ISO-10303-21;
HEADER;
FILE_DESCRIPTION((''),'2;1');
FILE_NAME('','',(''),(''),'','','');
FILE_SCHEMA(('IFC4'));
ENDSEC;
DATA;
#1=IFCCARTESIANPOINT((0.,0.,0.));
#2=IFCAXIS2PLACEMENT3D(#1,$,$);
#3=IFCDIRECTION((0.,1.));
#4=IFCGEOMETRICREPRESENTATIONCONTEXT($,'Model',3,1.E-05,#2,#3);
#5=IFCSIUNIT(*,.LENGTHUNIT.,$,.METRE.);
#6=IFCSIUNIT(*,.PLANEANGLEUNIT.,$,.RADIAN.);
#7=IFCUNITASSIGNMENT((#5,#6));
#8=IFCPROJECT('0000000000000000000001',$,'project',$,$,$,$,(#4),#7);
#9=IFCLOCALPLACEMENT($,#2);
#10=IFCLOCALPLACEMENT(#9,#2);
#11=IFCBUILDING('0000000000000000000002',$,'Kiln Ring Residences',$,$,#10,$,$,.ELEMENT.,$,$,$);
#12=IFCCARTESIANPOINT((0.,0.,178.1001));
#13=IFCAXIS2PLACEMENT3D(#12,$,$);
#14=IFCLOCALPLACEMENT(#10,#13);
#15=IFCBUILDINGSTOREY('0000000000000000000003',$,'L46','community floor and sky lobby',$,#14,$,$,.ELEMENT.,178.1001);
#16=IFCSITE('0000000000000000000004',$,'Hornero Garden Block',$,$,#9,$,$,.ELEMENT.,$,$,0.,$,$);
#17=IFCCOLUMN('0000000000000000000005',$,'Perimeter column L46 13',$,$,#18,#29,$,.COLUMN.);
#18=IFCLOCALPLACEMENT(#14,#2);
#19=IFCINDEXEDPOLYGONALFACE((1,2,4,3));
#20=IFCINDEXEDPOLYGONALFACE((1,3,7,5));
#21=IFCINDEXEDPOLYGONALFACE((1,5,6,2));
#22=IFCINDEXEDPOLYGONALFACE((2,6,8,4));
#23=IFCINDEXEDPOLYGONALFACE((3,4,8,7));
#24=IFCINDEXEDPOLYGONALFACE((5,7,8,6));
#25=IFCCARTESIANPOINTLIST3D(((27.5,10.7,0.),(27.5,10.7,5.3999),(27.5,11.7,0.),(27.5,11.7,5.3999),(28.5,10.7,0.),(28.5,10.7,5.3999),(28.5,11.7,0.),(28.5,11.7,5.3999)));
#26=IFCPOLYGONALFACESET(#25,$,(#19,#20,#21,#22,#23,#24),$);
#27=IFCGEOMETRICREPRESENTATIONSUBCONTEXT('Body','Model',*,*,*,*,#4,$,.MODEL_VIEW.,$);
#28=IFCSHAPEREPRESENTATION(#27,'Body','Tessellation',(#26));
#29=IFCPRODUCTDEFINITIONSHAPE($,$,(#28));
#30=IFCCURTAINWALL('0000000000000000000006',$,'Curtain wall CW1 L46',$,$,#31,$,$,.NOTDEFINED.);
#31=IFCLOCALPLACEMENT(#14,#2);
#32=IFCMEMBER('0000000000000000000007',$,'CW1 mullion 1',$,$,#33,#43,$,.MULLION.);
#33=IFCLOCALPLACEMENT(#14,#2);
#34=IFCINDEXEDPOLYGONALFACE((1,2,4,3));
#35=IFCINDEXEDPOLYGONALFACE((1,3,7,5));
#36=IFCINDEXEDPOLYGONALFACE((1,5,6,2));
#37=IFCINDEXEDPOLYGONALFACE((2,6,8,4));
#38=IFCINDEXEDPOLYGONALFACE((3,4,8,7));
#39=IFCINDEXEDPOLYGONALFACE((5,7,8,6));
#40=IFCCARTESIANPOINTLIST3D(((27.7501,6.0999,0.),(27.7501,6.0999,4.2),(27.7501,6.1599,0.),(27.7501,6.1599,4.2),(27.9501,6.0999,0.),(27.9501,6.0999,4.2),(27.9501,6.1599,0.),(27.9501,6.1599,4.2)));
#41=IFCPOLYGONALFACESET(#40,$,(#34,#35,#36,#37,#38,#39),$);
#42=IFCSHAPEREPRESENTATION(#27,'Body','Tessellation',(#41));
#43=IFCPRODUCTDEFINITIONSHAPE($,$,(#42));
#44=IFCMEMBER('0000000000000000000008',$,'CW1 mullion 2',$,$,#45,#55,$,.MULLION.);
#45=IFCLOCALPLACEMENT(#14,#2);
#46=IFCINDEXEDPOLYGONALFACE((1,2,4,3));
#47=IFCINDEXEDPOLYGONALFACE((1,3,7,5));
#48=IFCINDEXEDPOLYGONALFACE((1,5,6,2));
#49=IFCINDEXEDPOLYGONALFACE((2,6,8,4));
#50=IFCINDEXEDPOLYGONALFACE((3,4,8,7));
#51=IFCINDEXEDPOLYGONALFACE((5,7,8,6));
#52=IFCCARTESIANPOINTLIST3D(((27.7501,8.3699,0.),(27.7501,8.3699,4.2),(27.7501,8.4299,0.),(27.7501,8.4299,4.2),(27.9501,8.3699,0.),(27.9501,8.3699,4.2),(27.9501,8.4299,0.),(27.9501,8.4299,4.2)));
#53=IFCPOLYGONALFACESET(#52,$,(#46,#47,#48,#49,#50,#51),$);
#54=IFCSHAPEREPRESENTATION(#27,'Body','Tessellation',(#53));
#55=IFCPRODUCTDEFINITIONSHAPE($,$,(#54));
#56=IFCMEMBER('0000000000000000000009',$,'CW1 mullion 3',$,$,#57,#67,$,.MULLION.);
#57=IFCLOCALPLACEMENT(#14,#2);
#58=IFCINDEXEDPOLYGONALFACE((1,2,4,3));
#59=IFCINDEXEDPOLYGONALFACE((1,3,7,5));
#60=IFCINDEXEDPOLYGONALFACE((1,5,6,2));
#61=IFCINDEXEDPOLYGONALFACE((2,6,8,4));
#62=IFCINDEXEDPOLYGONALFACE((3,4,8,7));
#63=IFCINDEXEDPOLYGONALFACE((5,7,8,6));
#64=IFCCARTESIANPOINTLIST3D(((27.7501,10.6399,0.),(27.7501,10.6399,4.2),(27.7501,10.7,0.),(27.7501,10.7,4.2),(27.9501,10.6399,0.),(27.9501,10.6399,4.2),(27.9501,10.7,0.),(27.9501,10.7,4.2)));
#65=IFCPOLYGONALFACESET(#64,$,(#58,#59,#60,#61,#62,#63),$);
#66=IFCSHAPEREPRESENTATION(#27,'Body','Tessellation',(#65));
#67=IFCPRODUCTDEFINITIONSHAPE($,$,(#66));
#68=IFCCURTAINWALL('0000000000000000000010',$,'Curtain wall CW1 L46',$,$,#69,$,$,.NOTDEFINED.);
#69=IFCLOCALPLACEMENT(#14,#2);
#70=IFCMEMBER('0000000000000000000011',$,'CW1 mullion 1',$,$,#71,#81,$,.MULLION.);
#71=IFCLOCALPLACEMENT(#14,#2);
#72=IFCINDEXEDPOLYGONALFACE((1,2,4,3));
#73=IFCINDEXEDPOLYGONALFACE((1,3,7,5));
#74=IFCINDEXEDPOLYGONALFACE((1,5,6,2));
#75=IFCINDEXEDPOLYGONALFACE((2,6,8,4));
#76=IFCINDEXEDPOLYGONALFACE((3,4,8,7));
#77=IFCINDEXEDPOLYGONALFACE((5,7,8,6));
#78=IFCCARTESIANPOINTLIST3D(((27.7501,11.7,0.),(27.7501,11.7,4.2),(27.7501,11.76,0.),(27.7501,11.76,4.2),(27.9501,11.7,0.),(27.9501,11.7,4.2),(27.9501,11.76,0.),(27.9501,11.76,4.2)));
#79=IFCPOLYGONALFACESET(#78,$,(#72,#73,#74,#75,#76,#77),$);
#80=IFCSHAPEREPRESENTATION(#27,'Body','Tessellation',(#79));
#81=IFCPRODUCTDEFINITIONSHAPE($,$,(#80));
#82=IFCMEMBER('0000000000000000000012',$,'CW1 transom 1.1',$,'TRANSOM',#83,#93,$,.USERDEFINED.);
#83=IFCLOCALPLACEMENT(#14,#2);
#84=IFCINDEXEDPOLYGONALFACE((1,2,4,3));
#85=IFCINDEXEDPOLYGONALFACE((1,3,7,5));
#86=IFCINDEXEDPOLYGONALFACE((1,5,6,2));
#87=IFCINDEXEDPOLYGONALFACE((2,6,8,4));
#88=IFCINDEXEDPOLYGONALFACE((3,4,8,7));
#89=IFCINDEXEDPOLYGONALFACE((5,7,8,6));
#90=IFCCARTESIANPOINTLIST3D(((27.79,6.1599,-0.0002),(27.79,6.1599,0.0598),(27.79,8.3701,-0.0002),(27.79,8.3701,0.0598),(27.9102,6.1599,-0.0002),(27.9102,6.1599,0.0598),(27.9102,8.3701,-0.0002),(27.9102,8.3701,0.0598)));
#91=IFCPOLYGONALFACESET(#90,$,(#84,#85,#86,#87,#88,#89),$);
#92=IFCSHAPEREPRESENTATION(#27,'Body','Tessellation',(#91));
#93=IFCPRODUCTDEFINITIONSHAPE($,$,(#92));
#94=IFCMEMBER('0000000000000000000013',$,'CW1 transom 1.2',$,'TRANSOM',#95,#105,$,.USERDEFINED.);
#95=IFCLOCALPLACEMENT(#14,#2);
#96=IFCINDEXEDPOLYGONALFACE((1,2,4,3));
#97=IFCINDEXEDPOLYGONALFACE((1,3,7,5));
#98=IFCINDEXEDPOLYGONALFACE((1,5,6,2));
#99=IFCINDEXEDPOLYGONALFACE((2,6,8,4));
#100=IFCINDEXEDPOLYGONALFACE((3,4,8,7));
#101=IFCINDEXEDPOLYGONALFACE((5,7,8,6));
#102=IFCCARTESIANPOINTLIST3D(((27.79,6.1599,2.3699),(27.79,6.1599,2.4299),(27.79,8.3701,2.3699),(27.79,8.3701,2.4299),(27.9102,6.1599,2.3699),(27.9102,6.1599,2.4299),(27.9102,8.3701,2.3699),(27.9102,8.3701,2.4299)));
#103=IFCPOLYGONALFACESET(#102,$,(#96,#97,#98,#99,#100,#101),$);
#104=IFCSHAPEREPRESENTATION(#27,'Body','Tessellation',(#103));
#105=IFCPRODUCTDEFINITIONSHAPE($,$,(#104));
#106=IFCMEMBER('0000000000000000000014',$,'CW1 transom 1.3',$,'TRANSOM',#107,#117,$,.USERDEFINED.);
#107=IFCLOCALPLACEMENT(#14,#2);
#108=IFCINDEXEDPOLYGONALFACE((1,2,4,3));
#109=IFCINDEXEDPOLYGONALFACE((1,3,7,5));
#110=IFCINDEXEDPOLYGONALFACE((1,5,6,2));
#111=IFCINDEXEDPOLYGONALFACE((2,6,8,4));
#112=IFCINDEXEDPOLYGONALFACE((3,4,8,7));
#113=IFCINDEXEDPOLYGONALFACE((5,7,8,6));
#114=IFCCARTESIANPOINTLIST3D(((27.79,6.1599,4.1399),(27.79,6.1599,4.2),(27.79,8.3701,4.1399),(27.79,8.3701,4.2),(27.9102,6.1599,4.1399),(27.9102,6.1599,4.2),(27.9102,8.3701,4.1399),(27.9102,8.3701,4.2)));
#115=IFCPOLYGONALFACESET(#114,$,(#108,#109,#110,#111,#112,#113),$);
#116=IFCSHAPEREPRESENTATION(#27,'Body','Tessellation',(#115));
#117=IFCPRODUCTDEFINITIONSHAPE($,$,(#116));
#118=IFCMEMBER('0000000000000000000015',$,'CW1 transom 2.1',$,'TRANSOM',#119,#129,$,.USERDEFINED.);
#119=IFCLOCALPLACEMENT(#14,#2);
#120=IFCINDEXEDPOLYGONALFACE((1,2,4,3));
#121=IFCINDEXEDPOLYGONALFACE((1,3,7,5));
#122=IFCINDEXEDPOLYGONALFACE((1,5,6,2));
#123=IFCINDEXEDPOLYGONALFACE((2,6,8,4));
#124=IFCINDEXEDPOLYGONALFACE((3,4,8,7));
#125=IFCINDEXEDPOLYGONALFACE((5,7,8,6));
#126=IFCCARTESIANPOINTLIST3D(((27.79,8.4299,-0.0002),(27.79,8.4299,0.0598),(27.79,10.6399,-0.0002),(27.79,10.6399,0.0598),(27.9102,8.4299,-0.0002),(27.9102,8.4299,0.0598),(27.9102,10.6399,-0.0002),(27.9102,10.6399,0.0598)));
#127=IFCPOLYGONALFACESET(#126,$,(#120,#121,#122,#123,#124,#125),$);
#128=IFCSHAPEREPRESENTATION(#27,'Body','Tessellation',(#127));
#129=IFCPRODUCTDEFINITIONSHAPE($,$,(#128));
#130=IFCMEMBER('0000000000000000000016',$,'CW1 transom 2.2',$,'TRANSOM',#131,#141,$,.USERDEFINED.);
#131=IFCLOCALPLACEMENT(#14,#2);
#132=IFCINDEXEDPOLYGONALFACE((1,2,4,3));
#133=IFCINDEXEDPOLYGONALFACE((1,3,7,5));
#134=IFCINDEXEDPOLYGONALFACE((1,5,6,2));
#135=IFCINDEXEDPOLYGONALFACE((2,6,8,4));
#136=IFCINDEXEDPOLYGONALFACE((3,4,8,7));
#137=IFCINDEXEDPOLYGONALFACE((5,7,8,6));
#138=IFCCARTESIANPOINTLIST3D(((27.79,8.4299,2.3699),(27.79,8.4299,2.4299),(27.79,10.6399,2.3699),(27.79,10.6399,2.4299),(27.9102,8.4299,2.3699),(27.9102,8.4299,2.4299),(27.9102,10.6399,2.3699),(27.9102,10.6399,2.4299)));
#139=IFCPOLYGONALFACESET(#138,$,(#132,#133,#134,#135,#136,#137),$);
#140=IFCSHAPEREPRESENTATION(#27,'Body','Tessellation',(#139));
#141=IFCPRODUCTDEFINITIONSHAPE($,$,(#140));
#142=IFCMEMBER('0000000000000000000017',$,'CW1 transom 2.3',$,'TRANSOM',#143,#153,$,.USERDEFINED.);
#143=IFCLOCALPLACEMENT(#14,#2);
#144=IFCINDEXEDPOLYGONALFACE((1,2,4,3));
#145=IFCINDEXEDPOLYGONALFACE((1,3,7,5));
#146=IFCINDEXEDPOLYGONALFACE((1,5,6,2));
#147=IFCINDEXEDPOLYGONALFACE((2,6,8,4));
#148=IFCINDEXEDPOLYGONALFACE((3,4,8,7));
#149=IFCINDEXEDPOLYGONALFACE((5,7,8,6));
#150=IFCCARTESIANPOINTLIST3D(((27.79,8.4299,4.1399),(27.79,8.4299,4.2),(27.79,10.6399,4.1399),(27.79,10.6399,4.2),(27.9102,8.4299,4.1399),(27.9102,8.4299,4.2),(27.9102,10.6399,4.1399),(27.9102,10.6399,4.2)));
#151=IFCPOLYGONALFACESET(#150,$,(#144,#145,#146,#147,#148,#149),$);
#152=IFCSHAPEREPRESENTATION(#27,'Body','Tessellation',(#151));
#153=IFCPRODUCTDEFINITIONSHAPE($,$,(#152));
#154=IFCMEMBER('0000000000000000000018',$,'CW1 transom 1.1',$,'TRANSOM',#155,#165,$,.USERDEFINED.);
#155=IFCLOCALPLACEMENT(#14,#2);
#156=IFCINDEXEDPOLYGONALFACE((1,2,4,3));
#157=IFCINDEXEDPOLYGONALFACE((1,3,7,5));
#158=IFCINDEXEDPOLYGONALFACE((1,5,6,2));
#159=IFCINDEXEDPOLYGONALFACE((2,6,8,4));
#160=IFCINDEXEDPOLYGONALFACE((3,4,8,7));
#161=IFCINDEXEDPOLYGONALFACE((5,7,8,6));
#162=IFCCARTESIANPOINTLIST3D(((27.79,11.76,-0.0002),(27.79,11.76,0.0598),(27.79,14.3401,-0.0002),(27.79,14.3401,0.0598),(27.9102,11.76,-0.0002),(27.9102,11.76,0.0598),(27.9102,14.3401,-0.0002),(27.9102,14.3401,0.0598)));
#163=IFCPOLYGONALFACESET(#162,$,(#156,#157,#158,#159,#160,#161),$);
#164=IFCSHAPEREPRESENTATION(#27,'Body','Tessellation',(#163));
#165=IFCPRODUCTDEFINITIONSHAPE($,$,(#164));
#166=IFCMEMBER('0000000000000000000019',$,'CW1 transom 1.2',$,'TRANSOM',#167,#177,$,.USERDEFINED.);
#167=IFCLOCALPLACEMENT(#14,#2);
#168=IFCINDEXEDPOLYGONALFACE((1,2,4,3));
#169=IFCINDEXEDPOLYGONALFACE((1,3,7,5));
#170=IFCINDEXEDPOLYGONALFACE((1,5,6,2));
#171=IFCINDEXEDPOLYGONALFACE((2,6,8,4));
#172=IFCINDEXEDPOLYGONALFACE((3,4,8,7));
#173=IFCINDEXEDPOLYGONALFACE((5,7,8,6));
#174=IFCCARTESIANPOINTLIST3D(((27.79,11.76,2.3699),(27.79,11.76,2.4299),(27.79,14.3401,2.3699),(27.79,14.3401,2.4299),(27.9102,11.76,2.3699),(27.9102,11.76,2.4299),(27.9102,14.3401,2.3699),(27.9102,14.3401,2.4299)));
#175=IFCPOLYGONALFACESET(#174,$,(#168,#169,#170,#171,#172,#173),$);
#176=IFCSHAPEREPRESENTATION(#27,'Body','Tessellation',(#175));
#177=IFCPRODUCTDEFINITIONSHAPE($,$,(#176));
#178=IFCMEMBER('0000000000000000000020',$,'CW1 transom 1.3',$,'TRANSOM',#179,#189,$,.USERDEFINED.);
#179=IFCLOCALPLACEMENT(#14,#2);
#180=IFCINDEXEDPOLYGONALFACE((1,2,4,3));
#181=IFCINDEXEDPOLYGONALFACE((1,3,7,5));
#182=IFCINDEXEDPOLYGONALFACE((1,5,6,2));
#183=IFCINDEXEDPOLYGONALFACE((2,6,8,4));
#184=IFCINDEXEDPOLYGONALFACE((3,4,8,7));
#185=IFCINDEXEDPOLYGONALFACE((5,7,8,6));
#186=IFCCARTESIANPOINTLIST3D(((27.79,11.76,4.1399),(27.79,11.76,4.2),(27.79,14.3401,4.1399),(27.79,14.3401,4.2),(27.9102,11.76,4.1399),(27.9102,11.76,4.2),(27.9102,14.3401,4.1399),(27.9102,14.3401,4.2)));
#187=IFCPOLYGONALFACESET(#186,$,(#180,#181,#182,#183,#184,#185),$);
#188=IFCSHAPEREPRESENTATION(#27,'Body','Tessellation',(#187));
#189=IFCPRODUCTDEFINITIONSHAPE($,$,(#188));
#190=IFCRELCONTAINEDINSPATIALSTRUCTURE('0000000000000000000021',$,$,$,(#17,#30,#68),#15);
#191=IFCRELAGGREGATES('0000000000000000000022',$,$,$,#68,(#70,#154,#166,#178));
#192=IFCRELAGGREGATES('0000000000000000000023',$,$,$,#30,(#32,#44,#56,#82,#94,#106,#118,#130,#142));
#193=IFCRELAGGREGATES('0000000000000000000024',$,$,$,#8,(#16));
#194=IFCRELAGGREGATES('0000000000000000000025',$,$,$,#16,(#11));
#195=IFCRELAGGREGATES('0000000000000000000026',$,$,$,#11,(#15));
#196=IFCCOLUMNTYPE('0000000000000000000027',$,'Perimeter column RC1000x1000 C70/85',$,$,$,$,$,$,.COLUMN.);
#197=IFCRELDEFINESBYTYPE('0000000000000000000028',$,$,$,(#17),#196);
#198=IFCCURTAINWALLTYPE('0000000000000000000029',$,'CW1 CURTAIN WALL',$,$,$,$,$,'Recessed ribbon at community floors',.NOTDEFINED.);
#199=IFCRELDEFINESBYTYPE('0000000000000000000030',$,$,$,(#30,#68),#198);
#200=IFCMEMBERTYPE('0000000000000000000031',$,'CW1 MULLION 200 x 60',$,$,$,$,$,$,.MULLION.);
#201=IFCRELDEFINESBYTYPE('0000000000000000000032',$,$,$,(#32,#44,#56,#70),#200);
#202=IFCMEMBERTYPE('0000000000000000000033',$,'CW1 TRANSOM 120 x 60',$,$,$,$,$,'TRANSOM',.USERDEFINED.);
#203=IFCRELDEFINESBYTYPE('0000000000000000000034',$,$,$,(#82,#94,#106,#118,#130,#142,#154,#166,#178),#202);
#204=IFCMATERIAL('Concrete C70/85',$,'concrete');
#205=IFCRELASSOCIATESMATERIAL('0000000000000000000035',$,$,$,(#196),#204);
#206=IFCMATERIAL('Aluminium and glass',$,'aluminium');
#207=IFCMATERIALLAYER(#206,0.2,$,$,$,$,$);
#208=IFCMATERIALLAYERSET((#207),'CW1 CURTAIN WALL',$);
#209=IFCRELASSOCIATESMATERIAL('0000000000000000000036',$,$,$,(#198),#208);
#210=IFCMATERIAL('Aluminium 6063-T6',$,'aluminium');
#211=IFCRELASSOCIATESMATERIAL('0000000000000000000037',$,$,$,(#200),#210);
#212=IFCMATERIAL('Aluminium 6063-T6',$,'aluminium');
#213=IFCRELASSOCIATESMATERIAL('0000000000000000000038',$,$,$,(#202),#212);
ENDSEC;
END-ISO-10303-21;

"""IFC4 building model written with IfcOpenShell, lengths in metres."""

from ifc_helpers import new_model, si_unit, direction, frame, origin, origin_2d, place, context, subcontext, project, spatial, rectangle, extrude, material, layer, layer_set, material_profile, profile_set, type_object, element, aggregate, save


model = new_model("IFC4")

# Units and contexts
model_context = context("Model", 3, precision=1e-05, world=origin(), true_north=direction((0.0, 1.0)))
body_context = subcontext(model_context, "Body", "Model", "MODEL_VIEW")
ifc_project = project(units=[si_unit("LENGTHUNIT", "METRE"), si_unit("PLANEANGLEUNIT", "RADIAN")], contexts=[model_context])

# Site, building, storey
site_placement = place(None, origin())
site = spatial("IfcSite", under=ifc_project, at=site_placement, Name="Hornero Garden Block", CompositionType="ELEMENT", RefElevation=0.0)
building_placement = place(site_placement, origin())
building = spatial("IfcBuilding", under=site, at=building_placement, Name="Kiln Ring Residences", CompositionType="ELEMENT")
storey_placement = place(building_placement, frame((0.0, 0.0, 178.1001)))
storey = spatial("IfcBuildingStorey", under=building, at=storey_placement, Name="L46", Description="community floor and sky lobby", CompositionType="ELEMENT", Elevation=178.1001)

# Column
ifc_material_1 = material(Name="Concrete C70/85", Category="concrete")
ifc_material_profile_1 = material_profile(ifc_material_1, rectangle(XDim=1.0, YDim=1.0, at=origin_2d()), Name="RC1000x1000")
ifc_profile_set_1 = profile_set([ifc_material_profile_1], Name="Concrete C70/85")
column_type = type_object("IfcColumnType", Name="Perimeter column RC1000x1000 C70/85", PredefinedType="COLUMN", material=ifc_profile_set_1)
column_placement = place(storey_placement, frame((28.0, 11.2, 0.0), z_axis=(0.0, 0.0, 1.0), x_axis=(1.0, 0.0, 0.0)))
element("IfcColumn", 1, at=column_placement, inside=storey, type_object=column_type, Name="Perimeter column L46 13", PredefinedType="COLUMN", context=body_context, shape_type="SweptSolid", body=[
    extrude(rectangle(XDim=1.0, YDim=1.0, at=origin_2d()), origin(), (0.0, 0.0, 1.0), 5.3999),
])

# Curtain wall, members
ifc_material_2 = material(Name="Aluminium and glass", Category="aluminium")
ifc_layer_1 = layer(ifc_material_2, 0.2)
ifc_layer_set_1 = layer_set([ifc_layer_1], Name="CW1 CURTAIN WALL")
curtain_wall_type = type_object("IfcCurtainWallType", Name="CW1 CURTAIN WALL", ElementType="Recessed ribbon at community floors", PredefinedType="NOTDEFINED", material=ifc_layer_set_1)
placement = place(storey_placement, origin())
curtain_wall_1 = element("IfcCurtainWall", 2, at=placement, inside=storey, type_object=curtain_wall_type, Name="Curtain wall CW1 L46", PredefinedType="NOTDEFINED")
ifc_material_3 = material(Name="Aluminium 6063-T6", Category="aluminium")
ifc_material_profile_2 = material_profile(ifc_material_3, rectangle(XDim=0.2, YDim=0.0601, at=origin_2d()), Name="AL 200x60")
ifc_profile_set_2 = profile_set([ifc_material_profile_2], Name="Aluminium 6063-T6")
member_type_1 = type_object("IfcMemberType", Name="CW1 MULLION 200 x 60", PredefinedType="MULLION", material=ifc_profile_set_2)
member_1_placement = place(storey_placement, frame((27.8501, 6.1299, 0.0), z_axis=(0.0, 0.0, 1.0), x_axis=(-1.0, 0.0, 0.0)))
member_1 = element("IfcMember", 3, at=member_1_placement, type_object=member_type_1, Name="CW1 mullion 1", PredefinedType="MULLION", context=body_context, shape_type="SweptSolid", body=[
    extrude(rectangle(XDim=0.2, YDim=0.0601, at=origin_2d()), origin(), (0.0, 0.0, 1.0), 4.2),
])
member_2_placement = place(storey_placement, frame((27.8501, 8.3999, 0.0), z_axis=(0.0, 0.0, 1.0), x_axis=(-1.0, 0.0, 0.0)))
member_2 = element("IfcMember", 4, at=member_2_placement, type_object=member_type_1, Name="CW1 mullion 2", PredefinedType="MULLION", context=body_context, shape_type="SweptSolid", body=[
    extrude(rectangle(XDim=0.2, YDim=0.0601, at=origin_2d()), origin(), (0.0, 0.0, 1.0), 4.2),
])
member_3_placement = place(storey_placement, frame((27.8501, 10.6699, 0.0), z_axis=(0.0, 0.0, 1.0), x_axis=(-1.0, 0.0, 0.0)))
member_3 = element("IfcMember", 5, at=member_3_placement, type_object=member_type_1, Name="CW1 mullion 3", PredefinedType="MULLION", context=body_context, shape_type="SweptSolid", body=[
    extrude(rectangle(XDim=0.2, YDim=0.0601, at=origin_2d()), origin(), (0.0, 0.0, 1.0), 4.2),
])

# Curtain wall, member
curtain_wall_2 = element("IfcCurtainWall", 6, at=placement, inside=storey, type_object=curtain_wall_type, Name="Curtain wall CW1 L46", PredefinedType="NOTDEFINED")
member_4_placement = place(storey_placement, frame((27.8501, 11.73, 0.0), z_axis=(0.0, 0.0, 1.0), x_axis=(-1.0, 0.0, 0.0)))
member_4 = element("IfcMember", 7, at=member_4_placement, type_object=member_type_1, Name="CW1 mullion 1", PredefinedType="MULLION", context=body_context, shape_type="SweptSolid", body=[
    extrude(rectangle(XDim=0.2, YDim=0.0601, at=origin_2d()), origin(), (0.0, 0.0, 1.0), 4.2),
])

# Members
ifc_material_4 = material(Name="Aluminium 6063-T6", Category="aluminium")
ifc_material_profile_3 = material_profile(ifc_material_4, rectangle(XDim=0.1201, YDim=0.0601, at=origin_2d()), Name="AL 120x60")
ifc_profile_set_3 = profile_set([ifc_material_profile_3], Name="Aluminium 6063-T6")
member_type_2 = type_object("IfcMemberType", Name="CW1 TRANSOM 120 x 60", ElementType="TRANSOM", PredefinedType="USERDEFINED", material=ifc_profile_set_3)
member_5_placement = place(storey_placement, frame((27.8501, 6.1599, 0.0298), z_axis=(0.0, 1.0, 0.0), x_axis=(-1.0, 0.0, 0.0)))
member_5 = element("IfcMember", 8, at=member_5_placement, type_object=member_type_2, Name="CW1 transom 1.1", ObjectType="TRANSOM", PredefinedType="USERDEFINED", context=body_context, shape_type="SweptSolid", body=[
    extrude(rectangle(XDim=0.1201, YDim=0.0601, at=origin_2d()), origin(), (0.0, 0.0, 1.0), 2.2102),
])
member_6_placement = place(storey_placement, frame((27.8501, 6.1599, 2.3999), z_axis=(0.0, 1.0, 0.0), x_axis=(-1.0, 0.0, 0.0)))
member_6 = element("IfcMember", 9, at=member_6_placement, type_object=member_type_2, Name="CW1 transom 1.2", ObjectType="TRANSOM", PredefinedType="USERDEFINED", context=body_context, shape_type="SweptSolid", body=[
    extrude(rectangle(XDim=0.1201, YDim=0.0601, at=origin_2d()), origin(), (0.0, 0.0, 1.0), 2.2102),
])
member_7_placement = place(storey_placement, frame((27.8501, 6.1599, 4.1699), z_axis=(0.0, 1.0, 0.0), x_axis=(-1.0, 0.0, 0.0)))
member_7 = element("IfcMember", 10, at=member_7_placement, type_object=member_type_2, Name="CW1 transom 1.3", ObjectType="TRANSOM", PredefinedType="USERDEFINED", context=body_context, shape_type="SweptSolid", body=[
    extrude(rectangle(XDim=0.1201, YDim=0.0601, at=origin_2d()), origin(), (0.0, 0.0, 1.0), 2.2102),
])
member_8_placement = place(storey_placement, frame((27.8501, 8.4299, 0.0298), z_axis=(0.0, 1.0, 0.0), x_axis=(-1.0, 0.0, 0.0)))
member_8 = element("IfcMember", 11, at=member_8_placement, type_object=member_type_2, Name="CW1 transom 2.1", ObjectType="TRANSOM", PredefinedType="USERDEFINED", context=body_context, shape_type="SweptSolid", body=[
    extrude(rectangle(XDim=0.1201, YDim=0.0601, at=origin_2d()), origin(), (0.0, 0.0, 1.0), 2.21),
])
member_9_placement = place(storey_placement, frame((27.8501, 8.4299, 2.3999), z_axis=(0.0, 1.0, 0.0), x_axis=(-1.0, 0.0, 0.0)))
member_9 = element("IfcMember", 12, at=member_9_placement, type_object=member_type_2, Name="CW1 transom 2.2", ObjectType="TRANSOM", PredefinedType="USERDEFINED", context=body_context, shape_type="SweptSolid", body=[
    extrude(rectangle(XDim=0.1201, YDim=0.0601, at=origin_2d()), origin(), (0.0, 0.0, 1.0), 2.21),
])
member_10_placement = place(storey_placement, frame((27.8501, 8.4299, 4.1699), z_axis=(0.0, 1.0, 0.0), x_axis=(-1.0, 0.0, 0.0)))
member_10 = element("IfcMember", 13, at=member_10_placement, type_object=member_type_2, Name="CW1 transom 2.3", ObjectType="TRANSOM", PredefinedType="USERDEFINED", context=body_context, shape_type="SweptSolid", body=[
    extrude(rectangle(XDim=0.1201, YDim=0.0601, at=origin_2d()), origin(), (0.0, 0.0, 1.0), 2.21),
])
member_11_placement = place(storey_placement, frame((27.8501, 11.76, 0.0298), z_axis=(0.0, 1.0, 0.0), x_axis=(-1.0, 0.0, 0.0)))
member_11 = element("IfcMember", 14, at=member_11_placement, type_object=member_type_2, Name="CW1 transom 1.1", ObjectType="TRANSOM", PredefinedType="USERDEFINED", context=body_context, shape_type="SweptSolid", body=[
    extrude(rectangle(XDim=0.1201, YDim=0.0601, at=origin_2d()), origin(), (0.0, 0.0, 1.0), 2.5801),
])
member_12_placement = place(storey_placement, frame((27.8501, 11.76, 2.3999), z_axis=(0.0, 1.0, 0.0), x_axis=(-1.0, 0.0, 0.0)))
member_12 = element("IfcMember", 15, at=member_12_placement, type_object=member_type_2, Name="CW1 transom 1.2", ObjectType="TRANSOM", PredefinedType="USERDEFINED", context=body_context, shape_type="SweptSolid", body=[
    extrude(rectangle(XDim=0.1201, YDim=0.0601, at=origin_2d()), origin(), (0.0, 0.0, 1.0), 2.5801),
])
member_13_placement = place(storey_placement, frame((27.8501, 11.76, 4.1699), z_axis=(0.0, 1.0, 0.0), x_axis=(-1.0, 0.0, 0.0)))
member_13 = element("IfcMember", 16, at=member_13_placement, type_object=member_type_2, Name="CW1 transom 1.3", ObjectType="TRANSOM", PredefinedType="USERDEFINED", context=body_context, shape_type="SweptSolid", body=[
    extrude(rectangle(XDim=0.1201, YDim=0.0601, at=origin_2d()), origin(), (0.0, 0.0, 1.0), 2.5801),
])
aggregate(curtain_wall_2, [member_4, member_11, member_12, member_13])

aggregate(curtain_wall_1, [member_1, member_2, member_3, member_5, member_6, member_7, member_8, member_9, member_10])

save(model, "model.ifc")
